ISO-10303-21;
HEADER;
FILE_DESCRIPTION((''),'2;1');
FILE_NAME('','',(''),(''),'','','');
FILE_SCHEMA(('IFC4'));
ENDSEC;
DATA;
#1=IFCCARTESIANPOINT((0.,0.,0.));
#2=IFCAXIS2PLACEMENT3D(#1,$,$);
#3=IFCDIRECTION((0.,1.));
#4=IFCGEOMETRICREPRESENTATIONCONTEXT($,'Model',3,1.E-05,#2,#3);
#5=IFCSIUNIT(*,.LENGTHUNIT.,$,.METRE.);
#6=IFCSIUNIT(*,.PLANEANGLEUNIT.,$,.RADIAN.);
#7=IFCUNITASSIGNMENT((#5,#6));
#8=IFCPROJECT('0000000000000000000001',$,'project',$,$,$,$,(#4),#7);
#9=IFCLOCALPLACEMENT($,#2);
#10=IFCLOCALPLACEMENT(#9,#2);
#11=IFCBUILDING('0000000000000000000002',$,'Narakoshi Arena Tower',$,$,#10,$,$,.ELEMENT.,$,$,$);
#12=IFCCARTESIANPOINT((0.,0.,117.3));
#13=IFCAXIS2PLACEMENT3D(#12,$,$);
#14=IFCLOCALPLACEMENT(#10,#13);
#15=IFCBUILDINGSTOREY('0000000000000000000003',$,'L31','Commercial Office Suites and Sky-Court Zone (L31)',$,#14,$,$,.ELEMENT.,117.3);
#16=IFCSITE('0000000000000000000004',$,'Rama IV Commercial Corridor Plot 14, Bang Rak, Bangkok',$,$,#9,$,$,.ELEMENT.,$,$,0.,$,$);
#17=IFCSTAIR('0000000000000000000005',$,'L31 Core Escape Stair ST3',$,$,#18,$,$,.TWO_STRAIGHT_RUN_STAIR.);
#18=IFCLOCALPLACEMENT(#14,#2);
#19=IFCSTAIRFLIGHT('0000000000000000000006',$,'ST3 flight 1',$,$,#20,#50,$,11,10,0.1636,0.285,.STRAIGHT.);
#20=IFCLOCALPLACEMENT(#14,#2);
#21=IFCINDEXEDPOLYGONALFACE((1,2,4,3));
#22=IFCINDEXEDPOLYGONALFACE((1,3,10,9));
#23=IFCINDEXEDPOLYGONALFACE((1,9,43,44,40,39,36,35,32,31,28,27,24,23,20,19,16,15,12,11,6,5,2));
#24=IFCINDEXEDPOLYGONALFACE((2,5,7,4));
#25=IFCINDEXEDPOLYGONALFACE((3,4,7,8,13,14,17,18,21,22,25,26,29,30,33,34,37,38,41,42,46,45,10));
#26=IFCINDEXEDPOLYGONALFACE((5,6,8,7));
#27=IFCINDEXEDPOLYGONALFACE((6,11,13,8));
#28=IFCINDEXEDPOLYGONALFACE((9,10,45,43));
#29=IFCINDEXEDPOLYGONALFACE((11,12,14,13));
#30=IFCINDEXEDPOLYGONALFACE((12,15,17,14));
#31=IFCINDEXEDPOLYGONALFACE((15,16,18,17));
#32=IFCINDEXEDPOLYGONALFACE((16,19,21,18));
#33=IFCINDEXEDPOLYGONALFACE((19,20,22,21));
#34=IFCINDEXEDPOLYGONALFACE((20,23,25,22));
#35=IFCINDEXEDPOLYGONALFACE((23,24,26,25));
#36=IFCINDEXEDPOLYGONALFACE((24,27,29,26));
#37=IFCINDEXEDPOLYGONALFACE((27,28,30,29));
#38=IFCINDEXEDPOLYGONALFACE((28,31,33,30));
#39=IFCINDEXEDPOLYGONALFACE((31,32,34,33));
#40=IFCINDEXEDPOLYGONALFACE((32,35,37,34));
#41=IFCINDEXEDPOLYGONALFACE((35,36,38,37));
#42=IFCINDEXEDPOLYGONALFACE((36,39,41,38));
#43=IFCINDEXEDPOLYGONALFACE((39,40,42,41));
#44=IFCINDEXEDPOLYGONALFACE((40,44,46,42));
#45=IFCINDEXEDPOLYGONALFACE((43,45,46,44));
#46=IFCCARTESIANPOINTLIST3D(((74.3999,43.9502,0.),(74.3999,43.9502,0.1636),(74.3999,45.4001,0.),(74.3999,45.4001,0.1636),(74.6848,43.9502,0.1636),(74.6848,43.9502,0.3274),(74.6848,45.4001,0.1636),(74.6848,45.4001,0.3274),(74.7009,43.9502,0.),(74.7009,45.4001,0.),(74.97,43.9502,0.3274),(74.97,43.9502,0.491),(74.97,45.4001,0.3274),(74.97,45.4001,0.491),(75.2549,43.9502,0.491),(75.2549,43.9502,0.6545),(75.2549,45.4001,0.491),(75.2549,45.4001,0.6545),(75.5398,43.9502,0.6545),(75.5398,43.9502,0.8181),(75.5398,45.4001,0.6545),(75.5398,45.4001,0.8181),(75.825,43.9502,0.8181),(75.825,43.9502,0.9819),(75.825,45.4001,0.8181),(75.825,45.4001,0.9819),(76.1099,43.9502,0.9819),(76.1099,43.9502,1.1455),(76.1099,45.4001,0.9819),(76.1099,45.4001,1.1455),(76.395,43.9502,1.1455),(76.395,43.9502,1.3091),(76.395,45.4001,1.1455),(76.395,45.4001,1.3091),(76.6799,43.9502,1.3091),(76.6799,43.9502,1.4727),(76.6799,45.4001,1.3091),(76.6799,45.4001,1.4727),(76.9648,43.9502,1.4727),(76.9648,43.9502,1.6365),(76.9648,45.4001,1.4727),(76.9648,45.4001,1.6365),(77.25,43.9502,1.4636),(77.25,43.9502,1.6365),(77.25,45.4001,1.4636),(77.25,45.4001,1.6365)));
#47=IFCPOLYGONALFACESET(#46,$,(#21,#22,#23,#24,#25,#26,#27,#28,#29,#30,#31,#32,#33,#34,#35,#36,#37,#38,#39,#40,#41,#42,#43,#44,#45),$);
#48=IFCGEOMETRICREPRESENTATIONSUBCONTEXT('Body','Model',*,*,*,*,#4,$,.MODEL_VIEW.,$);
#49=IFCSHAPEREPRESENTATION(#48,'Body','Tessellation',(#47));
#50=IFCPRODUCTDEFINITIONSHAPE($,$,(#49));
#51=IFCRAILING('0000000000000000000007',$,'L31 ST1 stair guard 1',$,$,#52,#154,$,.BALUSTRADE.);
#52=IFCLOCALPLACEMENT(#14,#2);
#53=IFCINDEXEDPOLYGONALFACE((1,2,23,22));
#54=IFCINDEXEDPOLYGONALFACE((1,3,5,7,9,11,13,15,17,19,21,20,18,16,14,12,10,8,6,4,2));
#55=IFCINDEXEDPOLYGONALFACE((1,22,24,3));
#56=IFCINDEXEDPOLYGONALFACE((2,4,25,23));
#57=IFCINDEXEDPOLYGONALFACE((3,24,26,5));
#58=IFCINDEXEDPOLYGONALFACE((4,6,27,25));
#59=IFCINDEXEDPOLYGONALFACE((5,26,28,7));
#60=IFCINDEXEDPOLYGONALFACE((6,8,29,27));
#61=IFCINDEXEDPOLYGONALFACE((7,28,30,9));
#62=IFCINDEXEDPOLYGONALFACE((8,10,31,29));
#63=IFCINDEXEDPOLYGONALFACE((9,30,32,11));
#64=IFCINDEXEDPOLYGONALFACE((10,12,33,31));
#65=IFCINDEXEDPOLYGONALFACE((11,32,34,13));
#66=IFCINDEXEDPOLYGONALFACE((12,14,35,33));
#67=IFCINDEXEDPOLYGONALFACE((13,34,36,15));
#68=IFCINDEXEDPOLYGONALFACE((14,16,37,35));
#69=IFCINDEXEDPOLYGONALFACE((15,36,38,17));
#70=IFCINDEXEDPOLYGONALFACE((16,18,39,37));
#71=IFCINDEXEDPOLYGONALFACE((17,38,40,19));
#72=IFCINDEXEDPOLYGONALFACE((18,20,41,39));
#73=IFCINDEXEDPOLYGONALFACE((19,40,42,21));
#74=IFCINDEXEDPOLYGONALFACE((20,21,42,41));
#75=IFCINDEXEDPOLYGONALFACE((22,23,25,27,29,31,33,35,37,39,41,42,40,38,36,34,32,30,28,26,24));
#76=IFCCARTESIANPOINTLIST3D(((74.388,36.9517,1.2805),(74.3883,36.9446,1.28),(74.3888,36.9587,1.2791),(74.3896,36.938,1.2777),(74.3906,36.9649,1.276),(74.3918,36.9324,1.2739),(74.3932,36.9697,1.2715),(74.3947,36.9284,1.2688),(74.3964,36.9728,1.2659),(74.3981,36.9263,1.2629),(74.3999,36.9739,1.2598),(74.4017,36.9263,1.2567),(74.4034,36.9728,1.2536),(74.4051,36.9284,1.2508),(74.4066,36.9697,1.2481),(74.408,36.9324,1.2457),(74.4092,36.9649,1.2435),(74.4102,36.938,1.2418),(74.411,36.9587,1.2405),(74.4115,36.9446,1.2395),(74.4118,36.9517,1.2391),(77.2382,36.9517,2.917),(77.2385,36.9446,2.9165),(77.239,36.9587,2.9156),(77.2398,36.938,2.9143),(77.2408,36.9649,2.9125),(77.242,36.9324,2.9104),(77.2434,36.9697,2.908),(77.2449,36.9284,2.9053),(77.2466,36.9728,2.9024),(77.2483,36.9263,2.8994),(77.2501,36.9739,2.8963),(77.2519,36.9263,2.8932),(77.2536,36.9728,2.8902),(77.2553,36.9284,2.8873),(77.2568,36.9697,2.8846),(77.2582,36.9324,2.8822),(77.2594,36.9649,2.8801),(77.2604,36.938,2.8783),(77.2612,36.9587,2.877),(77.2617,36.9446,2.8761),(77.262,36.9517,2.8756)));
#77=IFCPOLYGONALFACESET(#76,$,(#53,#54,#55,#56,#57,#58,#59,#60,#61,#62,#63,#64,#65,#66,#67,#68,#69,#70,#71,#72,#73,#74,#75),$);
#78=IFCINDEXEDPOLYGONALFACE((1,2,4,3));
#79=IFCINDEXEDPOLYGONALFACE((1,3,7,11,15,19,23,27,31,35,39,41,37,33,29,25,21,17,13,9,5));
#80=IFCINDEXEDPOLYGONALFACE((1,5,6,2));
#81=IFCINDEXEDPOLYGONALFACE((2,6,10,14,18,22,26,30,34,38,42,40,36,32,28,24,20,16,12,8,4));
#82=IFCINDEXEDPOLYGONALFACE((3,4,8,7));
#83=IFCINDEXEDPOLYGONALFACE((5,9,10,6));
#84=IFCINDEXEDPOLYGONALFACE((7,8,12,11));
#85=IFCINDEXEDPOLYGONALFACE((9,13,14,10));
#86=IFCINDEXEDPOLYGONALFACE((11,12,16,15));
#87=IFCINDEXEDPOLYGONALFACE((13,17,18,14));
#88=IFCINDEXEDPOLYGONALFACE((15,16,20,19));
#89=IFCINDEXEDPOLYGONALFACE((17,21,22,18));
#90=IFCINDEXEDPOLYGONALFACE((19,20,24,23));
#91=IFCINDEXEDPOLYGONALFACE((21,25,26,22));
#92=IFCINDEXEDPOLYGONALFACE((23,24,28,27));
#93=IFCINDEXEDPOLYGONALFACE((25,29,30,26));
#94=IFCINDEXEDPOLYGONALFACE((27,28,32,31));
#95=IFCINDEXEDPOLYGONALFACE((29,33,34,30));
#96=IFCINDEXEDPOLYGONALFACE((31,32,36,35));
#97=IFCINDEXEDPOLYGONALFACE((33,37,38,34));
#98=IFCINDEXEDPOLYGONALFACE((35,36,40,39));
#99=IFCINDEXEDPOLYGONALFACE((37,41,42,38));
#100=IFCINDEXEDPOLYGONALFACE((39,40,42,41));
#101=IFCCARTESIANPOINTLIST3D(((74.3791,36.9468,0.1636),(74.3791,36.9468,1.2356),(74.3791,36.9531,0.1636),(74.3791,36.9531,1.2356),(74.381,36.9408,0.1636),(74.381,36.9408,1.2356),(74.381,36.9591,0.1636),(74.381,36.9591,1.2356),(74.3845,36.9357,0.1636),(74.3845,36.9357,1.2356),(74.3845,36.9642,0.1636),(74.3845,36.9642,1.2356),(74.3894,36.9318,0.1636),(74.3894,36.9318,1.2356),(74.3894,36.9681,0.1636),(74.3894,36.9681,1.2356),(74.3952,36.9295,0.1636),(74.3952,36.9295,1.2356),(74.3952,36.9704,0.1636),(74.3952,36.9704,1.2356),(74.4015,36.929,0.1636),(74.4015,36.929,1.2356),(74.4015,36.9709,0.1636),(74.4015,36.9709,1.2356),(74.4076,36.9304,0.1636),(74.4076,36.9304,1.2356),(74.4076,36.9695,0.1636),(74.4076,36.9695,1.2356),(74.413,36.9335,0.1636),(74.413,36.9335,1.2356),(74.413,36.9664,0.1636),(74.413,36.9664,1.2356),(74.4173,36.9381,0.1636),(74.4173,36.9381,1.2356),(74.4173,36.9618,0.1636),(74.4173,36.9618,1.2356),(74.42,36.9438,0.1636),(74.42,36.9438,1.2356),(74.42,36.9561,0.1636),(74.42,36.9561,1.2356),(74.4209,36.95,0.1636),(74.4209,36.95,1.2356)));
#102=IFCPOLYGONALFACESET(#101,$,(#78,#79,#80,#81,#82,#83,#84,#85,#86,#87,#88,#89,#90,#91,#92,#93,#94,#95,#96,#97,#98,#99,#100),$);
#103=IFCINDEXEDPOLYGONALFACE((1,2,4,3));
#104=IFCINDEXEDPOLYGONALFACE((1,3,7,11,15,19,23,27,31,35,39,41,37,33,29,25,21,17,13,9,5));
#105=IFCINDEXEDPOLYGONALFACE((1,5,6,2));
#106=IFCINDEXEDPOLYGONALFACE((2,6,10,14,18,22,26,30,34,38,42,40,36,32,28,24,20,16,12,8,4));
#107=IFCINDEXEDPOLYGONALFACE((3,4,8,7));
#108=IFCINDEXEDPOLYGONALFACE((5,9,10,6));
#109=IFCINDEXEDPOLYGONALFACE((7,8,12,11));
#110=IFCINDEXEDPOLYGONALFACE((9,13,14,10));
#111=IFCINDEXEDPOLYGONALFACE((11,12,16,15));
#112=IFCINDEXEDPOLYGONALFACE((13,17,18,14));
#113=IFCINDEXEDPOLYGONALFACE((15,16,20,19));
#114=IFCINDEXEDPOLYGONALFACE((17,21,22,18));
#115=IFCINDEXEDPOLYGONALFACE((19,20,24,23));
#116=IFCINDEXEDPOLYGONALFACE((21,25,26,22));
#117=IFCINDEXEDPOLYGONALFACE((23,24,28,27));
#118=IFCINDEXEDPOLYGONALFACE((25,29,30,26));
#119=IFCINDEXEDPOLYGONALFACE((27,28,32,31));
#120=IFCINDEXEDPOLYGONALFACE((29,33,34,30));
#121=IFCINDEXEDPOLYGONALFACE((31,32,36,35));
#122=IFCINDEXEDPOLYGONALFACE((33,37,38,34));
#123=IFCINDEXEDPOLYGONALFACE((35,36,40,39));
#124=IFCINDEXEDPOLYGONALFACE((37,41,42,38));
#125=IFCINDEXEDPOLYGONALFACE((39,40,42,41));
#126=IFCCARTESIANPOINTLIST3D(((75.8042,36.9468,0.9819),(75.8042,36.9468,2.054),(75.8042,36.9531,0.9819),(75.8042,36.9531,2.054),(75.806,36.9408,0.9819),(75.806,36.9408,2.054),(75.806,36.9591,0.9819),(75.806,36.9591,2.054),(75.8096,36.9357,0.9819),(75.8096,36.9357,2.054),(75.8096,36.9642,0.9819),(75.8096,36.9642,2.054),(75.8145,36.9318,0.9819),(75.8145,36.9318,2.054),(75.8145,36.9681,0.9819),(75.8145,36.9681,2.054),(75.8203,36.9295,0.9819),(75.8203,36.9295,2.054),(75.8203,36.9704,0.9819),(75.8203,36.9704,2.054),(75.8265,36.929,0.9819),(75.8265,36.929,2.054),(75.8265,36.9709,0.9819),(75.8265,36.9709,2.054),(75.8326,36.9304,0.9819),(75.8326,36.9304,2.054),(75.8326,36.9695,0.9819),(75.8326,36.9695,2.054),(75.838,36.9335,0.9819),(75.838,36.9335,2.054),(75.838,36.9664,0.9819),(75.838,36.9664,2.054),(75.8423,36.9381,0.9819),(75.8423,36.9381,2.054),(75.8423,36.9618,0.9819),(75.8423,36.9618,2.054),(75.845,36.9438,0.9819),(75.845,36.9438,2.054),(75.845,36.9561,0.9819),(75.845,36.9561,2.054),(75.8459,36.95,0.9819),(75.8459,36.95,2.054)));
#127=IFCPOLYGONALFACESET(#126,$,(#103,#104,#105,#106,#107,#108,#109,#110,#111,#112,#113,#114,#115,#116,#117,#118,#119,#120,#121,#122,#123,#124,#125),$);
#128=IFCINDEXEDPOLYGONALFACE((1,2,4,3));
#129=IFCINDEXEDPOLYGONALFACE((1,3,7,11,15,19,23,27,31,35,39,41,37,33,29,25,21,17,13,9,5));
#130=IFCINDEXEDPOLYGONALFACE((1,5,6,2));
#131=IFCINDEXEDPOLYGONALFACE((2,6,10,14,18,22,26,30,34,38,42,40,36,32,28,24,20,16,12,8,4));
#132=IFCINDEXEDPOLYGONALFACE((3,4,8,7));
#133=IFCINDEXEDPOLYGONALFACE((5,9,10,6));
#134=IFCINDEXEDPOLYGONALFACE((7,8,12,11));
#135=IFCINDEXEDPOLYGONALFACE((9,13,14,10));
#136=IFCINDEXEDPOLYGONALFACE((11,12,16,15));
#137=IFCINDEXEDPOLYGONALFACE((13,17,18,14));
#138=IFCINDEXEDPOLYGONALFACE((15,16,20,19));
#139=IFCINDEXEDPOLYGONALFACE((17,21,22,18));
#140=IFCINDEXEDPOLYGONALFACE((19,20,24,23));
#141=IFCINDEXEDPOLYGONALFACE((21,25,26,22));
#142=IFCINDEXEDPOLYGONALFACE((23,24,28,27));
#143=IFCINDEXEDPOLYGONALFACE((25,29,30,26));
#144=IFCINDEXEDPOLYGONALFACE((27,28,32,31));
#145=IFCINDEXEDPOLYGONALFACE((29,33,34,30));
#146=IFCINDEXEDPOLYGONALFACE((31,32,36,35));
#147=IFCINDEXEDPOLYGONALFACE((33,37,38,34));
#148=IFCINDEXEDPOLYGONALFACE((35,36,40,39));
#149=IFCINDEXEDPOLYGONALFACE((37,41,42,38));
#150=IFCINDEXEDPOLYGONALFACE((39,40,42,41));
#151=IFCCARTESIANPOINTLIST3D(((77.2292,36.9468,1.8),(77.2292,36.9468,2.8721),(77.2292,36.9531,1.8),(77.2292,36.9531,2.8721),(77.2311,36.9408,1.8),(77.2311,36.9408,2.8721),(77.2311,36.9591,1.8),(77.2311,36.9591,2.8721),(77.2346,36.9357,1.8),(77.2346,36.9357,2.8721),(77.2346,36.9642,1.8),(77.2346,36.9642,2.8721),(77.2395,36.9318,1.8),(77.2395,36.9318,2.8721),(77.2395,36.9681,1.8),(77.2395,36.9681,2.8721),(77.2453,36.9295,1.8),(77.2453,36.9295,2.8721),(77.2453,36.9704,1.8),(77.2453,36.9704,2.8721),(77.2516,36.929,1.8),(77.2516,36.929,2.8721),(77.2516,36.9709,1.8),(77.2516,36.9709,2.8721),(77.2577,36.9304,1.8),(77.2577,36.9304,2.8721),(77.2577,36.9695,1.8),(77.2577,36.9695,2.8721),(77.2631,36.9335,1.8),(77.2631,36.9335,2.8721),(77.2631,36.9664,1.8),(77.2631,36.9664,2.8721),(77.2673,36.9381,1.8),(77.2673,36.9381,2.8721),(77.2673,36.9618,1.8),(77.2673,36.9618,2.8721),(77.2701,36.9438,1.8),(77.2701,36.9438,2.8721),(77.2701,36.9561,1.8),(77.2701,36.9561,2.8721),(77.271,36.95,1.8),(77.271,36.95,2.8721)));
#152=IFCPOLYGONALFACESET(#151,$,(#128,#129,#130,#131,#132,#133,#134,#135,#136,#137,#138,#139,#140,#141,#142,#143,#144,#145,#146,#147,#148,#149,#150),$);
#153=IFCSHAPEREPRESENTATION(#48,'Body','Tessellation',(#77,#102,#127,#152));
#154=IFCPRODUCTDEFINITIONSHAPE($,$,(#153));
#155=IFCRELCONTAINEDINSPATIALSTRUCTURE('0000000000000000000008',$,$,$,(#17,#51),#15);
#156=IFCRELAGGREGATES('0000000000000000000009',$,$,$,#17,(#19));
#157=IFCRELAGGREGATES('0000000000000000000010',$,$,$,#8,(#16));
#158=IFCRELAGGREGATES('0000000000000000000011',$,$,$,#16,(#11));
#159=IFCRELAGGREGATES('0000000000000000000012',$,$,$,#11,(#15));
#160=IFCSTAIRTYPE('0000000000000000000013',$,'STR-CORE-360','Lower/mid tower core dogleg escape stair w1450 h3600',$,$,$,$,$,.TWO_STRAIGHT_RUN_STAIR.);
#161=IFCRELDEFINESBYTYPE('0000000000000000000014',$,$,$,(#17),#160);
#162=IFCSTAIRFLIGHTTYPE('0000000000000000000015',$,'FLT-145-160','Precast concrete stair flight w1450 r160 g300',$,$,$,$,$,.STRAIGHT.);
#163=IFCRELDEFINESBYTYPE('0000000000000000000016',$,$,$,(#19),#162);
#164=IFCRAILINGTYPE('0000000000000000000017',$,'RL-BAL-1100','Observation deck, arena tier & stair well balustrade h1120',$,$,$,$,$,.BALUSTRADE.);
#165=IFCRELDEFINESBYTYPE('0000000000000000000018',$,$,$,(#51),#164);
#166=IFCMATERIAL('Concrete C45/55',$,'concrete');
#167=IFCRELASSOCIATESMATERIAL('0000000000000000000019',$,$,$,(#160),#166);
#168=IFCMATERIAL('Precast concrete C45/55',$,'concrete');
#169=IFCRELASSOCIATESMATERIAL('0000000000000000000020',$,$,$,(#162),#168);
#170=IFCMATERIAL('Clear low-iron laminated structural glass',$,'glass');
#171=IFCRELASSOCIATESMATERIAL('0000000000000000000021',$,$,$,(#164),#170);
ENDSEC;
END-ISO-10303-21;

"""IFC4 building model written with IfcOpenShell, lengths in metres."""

from ifc_helpers import new_model, si_unit, direction, frame, origin, origin_2d, place, context, subcontext, project, spatial, polyline, circle, outline, extrude, material, type_object, element, aggregate, save


model = new_model("IFC4")

# Units and contexts
model_context = context("Model", 3, precision=1e-05, world=origin(), true_north=direction((0.0, 1.0)))
body_context = subcontext(model_context, "Body", "Model", "MODEL_VIEW")
ifc_project = project(units=[si_unit("LENGTHUNIT", "METRE"), si_unit("PLANEANGLEUNIT", "RADIAN")], contexts=[model_context])

# Site, building, storey
site_placement = place(None, origin())
site = spatial("IfcSite", under=ifc_project, at=site_placement, Name="Rama IV Commercial Corridor Plot 14, Bang Rak, Bangkok", CompositionType="ELEMENT", RefElevation=0.0)
building_placement = place(site_placement, origin())
building = spatial("IfcBuilding", under=site, at=building_placement, Name="Narakoshi Arena Tower", CompositionType="ELEMENT")
storey_placement = place(building_placement, frame((0.0, 0.0, 117.3)))
storey = spatial("IfcBuildingStorey", under=building, at=storey_placement, Name="L31", Description="Commercial Office Suites and Sky-Court Zone (L31)", CompositionType="ELEMENT", Elevation=117.3)

# Shared definitions
ifc_material_1 = material(Name="Concrete C45/55", Category="concrete")
stair_type = type_object("IfcStairType", Name="STR-CORE-360", Description="Lower/mid tower core dogleg escape stair w1450 h3600", PredefinedType="TWO_STRAIGHT_RUN_STAIR", material=ifc_material_1)
ifc_material_2 = material(Name="Precast concrete C45/55", Category="concrete")
stair_flight_type = type_object("IfcStairFlightType", Name="FLT-145-160", Description="Precast concrete stair flight w1450 r160 g300", PredefinedType="STRAIGHT", material=ifc_material_2)

# Stair, stair flight
stair_1_placement = place(storey_placement, origin())
stair_1 = element("IfcStair", 1, at=stair_1_placement, inside=storey, type_object=stair_type, Name="L31 Core Escape Stair ST3", PredefinedType="TWO_STRAIGHT_RUN_STAIR")
stair_flight_1_placement = place(storey_placement, frame((74.3999, 44.675, 0.0), z_axis=(0.0, 0.0, 1.0), x_axis=(1.0, 0.0, 0.0)))
stair_flight_1 = element("IfcStairFlight", 2, at=stair_flight_1_placement, type_object=stair_flight_type, Name="ST3 flight 1", NumberOfRisers=11, NumberOfTreads=10, PredefinedType="STRAIGHT", RiserHeight=0.1636, TreadLength=0.285, context=body_context, shape_type="SweptSolid", body=[
    extrude(outline(polyline([(0.0, 0.0), (0.0, 0.1636), (0.2849, 0.1636), (0.2849, 0.3274), (0.5701, 0.3274), (0.5701, 0.491), (0.855, 0.491), (0.855, 0.6545), (1.1399, 0.6545), (1.1399, 0.8181), (1.425, 0.8181), (1.425, 0.9819), (1.71, 0.9819), (1.71, 1.1455), (1.9951, 1.1455), (1.9951, 1.3091), (2.28, 1.3091), (2.28, 1.4727), (2.5649, 1.4727), (2.5649, 1.6365), (2.8501, 1.6365), (2.8501, 1.8), (2.8501, 1.4636), (0.301, 0.0), (0.0, 0.0)])), frame((0.0, 0.7251, 0.0), z_axis=(0.0, -1.0, 0.0), x_axis=(1.0, 0.0, 0.0)), (0.0, 0.0, 1.0), 1.45),
])
aggregate(stair_1, [stair_flight_1])

# Railing
ifc_material_3 = material(Name="Clear low-iron laminated structural glass", Category="glass")
railing_type_1 = type_object("IfcRailingType", Name="RL-BAL-1100", Description="Observation deck, arena tier & stair well balustrade h1120", PredefinedType="BALUSTRADE", material=ifc_material_3)
railing_1_placement = place(storey_placement, frame((74.3999, 36.95, 0.1636)))
element("IfcRailing", 3, at=railing_1_placement, inside=storey, type_object=railing_type_1, Name="L31 ST1 stair guard 1", PredefinedType="BALUSTRADE", context=body_context, shape_type="SweptSolid", body=[
    extrude(circle(Radius=0.0239, at=origin_2d()), frame((0.0, 0.0, 1.0962), z_axis=(0.867213, 0.0, 0.497938), x_axis=(0.0, 1.0, 0.0)), (0.0, 0.0, 1.0), 3.2866),
    extrude(circle(Radius=0.021, at=origin_2d()), origin(), (0.0, 0.0, 1.0), 1.072),
    extrude(circle(Radius=0.021, at=origin_2d()), frame((1.425, 0.0, 0.8184)), (0.0, 0.0, 1.0), 1.072),
    extrude(circle(Radius=0.021, at=origin_2d()), frame((2.8501, 0.0, 1.6365)), (0.0, 0.0, 1.0), 1.072),
])

save(model, "model.ifc")
